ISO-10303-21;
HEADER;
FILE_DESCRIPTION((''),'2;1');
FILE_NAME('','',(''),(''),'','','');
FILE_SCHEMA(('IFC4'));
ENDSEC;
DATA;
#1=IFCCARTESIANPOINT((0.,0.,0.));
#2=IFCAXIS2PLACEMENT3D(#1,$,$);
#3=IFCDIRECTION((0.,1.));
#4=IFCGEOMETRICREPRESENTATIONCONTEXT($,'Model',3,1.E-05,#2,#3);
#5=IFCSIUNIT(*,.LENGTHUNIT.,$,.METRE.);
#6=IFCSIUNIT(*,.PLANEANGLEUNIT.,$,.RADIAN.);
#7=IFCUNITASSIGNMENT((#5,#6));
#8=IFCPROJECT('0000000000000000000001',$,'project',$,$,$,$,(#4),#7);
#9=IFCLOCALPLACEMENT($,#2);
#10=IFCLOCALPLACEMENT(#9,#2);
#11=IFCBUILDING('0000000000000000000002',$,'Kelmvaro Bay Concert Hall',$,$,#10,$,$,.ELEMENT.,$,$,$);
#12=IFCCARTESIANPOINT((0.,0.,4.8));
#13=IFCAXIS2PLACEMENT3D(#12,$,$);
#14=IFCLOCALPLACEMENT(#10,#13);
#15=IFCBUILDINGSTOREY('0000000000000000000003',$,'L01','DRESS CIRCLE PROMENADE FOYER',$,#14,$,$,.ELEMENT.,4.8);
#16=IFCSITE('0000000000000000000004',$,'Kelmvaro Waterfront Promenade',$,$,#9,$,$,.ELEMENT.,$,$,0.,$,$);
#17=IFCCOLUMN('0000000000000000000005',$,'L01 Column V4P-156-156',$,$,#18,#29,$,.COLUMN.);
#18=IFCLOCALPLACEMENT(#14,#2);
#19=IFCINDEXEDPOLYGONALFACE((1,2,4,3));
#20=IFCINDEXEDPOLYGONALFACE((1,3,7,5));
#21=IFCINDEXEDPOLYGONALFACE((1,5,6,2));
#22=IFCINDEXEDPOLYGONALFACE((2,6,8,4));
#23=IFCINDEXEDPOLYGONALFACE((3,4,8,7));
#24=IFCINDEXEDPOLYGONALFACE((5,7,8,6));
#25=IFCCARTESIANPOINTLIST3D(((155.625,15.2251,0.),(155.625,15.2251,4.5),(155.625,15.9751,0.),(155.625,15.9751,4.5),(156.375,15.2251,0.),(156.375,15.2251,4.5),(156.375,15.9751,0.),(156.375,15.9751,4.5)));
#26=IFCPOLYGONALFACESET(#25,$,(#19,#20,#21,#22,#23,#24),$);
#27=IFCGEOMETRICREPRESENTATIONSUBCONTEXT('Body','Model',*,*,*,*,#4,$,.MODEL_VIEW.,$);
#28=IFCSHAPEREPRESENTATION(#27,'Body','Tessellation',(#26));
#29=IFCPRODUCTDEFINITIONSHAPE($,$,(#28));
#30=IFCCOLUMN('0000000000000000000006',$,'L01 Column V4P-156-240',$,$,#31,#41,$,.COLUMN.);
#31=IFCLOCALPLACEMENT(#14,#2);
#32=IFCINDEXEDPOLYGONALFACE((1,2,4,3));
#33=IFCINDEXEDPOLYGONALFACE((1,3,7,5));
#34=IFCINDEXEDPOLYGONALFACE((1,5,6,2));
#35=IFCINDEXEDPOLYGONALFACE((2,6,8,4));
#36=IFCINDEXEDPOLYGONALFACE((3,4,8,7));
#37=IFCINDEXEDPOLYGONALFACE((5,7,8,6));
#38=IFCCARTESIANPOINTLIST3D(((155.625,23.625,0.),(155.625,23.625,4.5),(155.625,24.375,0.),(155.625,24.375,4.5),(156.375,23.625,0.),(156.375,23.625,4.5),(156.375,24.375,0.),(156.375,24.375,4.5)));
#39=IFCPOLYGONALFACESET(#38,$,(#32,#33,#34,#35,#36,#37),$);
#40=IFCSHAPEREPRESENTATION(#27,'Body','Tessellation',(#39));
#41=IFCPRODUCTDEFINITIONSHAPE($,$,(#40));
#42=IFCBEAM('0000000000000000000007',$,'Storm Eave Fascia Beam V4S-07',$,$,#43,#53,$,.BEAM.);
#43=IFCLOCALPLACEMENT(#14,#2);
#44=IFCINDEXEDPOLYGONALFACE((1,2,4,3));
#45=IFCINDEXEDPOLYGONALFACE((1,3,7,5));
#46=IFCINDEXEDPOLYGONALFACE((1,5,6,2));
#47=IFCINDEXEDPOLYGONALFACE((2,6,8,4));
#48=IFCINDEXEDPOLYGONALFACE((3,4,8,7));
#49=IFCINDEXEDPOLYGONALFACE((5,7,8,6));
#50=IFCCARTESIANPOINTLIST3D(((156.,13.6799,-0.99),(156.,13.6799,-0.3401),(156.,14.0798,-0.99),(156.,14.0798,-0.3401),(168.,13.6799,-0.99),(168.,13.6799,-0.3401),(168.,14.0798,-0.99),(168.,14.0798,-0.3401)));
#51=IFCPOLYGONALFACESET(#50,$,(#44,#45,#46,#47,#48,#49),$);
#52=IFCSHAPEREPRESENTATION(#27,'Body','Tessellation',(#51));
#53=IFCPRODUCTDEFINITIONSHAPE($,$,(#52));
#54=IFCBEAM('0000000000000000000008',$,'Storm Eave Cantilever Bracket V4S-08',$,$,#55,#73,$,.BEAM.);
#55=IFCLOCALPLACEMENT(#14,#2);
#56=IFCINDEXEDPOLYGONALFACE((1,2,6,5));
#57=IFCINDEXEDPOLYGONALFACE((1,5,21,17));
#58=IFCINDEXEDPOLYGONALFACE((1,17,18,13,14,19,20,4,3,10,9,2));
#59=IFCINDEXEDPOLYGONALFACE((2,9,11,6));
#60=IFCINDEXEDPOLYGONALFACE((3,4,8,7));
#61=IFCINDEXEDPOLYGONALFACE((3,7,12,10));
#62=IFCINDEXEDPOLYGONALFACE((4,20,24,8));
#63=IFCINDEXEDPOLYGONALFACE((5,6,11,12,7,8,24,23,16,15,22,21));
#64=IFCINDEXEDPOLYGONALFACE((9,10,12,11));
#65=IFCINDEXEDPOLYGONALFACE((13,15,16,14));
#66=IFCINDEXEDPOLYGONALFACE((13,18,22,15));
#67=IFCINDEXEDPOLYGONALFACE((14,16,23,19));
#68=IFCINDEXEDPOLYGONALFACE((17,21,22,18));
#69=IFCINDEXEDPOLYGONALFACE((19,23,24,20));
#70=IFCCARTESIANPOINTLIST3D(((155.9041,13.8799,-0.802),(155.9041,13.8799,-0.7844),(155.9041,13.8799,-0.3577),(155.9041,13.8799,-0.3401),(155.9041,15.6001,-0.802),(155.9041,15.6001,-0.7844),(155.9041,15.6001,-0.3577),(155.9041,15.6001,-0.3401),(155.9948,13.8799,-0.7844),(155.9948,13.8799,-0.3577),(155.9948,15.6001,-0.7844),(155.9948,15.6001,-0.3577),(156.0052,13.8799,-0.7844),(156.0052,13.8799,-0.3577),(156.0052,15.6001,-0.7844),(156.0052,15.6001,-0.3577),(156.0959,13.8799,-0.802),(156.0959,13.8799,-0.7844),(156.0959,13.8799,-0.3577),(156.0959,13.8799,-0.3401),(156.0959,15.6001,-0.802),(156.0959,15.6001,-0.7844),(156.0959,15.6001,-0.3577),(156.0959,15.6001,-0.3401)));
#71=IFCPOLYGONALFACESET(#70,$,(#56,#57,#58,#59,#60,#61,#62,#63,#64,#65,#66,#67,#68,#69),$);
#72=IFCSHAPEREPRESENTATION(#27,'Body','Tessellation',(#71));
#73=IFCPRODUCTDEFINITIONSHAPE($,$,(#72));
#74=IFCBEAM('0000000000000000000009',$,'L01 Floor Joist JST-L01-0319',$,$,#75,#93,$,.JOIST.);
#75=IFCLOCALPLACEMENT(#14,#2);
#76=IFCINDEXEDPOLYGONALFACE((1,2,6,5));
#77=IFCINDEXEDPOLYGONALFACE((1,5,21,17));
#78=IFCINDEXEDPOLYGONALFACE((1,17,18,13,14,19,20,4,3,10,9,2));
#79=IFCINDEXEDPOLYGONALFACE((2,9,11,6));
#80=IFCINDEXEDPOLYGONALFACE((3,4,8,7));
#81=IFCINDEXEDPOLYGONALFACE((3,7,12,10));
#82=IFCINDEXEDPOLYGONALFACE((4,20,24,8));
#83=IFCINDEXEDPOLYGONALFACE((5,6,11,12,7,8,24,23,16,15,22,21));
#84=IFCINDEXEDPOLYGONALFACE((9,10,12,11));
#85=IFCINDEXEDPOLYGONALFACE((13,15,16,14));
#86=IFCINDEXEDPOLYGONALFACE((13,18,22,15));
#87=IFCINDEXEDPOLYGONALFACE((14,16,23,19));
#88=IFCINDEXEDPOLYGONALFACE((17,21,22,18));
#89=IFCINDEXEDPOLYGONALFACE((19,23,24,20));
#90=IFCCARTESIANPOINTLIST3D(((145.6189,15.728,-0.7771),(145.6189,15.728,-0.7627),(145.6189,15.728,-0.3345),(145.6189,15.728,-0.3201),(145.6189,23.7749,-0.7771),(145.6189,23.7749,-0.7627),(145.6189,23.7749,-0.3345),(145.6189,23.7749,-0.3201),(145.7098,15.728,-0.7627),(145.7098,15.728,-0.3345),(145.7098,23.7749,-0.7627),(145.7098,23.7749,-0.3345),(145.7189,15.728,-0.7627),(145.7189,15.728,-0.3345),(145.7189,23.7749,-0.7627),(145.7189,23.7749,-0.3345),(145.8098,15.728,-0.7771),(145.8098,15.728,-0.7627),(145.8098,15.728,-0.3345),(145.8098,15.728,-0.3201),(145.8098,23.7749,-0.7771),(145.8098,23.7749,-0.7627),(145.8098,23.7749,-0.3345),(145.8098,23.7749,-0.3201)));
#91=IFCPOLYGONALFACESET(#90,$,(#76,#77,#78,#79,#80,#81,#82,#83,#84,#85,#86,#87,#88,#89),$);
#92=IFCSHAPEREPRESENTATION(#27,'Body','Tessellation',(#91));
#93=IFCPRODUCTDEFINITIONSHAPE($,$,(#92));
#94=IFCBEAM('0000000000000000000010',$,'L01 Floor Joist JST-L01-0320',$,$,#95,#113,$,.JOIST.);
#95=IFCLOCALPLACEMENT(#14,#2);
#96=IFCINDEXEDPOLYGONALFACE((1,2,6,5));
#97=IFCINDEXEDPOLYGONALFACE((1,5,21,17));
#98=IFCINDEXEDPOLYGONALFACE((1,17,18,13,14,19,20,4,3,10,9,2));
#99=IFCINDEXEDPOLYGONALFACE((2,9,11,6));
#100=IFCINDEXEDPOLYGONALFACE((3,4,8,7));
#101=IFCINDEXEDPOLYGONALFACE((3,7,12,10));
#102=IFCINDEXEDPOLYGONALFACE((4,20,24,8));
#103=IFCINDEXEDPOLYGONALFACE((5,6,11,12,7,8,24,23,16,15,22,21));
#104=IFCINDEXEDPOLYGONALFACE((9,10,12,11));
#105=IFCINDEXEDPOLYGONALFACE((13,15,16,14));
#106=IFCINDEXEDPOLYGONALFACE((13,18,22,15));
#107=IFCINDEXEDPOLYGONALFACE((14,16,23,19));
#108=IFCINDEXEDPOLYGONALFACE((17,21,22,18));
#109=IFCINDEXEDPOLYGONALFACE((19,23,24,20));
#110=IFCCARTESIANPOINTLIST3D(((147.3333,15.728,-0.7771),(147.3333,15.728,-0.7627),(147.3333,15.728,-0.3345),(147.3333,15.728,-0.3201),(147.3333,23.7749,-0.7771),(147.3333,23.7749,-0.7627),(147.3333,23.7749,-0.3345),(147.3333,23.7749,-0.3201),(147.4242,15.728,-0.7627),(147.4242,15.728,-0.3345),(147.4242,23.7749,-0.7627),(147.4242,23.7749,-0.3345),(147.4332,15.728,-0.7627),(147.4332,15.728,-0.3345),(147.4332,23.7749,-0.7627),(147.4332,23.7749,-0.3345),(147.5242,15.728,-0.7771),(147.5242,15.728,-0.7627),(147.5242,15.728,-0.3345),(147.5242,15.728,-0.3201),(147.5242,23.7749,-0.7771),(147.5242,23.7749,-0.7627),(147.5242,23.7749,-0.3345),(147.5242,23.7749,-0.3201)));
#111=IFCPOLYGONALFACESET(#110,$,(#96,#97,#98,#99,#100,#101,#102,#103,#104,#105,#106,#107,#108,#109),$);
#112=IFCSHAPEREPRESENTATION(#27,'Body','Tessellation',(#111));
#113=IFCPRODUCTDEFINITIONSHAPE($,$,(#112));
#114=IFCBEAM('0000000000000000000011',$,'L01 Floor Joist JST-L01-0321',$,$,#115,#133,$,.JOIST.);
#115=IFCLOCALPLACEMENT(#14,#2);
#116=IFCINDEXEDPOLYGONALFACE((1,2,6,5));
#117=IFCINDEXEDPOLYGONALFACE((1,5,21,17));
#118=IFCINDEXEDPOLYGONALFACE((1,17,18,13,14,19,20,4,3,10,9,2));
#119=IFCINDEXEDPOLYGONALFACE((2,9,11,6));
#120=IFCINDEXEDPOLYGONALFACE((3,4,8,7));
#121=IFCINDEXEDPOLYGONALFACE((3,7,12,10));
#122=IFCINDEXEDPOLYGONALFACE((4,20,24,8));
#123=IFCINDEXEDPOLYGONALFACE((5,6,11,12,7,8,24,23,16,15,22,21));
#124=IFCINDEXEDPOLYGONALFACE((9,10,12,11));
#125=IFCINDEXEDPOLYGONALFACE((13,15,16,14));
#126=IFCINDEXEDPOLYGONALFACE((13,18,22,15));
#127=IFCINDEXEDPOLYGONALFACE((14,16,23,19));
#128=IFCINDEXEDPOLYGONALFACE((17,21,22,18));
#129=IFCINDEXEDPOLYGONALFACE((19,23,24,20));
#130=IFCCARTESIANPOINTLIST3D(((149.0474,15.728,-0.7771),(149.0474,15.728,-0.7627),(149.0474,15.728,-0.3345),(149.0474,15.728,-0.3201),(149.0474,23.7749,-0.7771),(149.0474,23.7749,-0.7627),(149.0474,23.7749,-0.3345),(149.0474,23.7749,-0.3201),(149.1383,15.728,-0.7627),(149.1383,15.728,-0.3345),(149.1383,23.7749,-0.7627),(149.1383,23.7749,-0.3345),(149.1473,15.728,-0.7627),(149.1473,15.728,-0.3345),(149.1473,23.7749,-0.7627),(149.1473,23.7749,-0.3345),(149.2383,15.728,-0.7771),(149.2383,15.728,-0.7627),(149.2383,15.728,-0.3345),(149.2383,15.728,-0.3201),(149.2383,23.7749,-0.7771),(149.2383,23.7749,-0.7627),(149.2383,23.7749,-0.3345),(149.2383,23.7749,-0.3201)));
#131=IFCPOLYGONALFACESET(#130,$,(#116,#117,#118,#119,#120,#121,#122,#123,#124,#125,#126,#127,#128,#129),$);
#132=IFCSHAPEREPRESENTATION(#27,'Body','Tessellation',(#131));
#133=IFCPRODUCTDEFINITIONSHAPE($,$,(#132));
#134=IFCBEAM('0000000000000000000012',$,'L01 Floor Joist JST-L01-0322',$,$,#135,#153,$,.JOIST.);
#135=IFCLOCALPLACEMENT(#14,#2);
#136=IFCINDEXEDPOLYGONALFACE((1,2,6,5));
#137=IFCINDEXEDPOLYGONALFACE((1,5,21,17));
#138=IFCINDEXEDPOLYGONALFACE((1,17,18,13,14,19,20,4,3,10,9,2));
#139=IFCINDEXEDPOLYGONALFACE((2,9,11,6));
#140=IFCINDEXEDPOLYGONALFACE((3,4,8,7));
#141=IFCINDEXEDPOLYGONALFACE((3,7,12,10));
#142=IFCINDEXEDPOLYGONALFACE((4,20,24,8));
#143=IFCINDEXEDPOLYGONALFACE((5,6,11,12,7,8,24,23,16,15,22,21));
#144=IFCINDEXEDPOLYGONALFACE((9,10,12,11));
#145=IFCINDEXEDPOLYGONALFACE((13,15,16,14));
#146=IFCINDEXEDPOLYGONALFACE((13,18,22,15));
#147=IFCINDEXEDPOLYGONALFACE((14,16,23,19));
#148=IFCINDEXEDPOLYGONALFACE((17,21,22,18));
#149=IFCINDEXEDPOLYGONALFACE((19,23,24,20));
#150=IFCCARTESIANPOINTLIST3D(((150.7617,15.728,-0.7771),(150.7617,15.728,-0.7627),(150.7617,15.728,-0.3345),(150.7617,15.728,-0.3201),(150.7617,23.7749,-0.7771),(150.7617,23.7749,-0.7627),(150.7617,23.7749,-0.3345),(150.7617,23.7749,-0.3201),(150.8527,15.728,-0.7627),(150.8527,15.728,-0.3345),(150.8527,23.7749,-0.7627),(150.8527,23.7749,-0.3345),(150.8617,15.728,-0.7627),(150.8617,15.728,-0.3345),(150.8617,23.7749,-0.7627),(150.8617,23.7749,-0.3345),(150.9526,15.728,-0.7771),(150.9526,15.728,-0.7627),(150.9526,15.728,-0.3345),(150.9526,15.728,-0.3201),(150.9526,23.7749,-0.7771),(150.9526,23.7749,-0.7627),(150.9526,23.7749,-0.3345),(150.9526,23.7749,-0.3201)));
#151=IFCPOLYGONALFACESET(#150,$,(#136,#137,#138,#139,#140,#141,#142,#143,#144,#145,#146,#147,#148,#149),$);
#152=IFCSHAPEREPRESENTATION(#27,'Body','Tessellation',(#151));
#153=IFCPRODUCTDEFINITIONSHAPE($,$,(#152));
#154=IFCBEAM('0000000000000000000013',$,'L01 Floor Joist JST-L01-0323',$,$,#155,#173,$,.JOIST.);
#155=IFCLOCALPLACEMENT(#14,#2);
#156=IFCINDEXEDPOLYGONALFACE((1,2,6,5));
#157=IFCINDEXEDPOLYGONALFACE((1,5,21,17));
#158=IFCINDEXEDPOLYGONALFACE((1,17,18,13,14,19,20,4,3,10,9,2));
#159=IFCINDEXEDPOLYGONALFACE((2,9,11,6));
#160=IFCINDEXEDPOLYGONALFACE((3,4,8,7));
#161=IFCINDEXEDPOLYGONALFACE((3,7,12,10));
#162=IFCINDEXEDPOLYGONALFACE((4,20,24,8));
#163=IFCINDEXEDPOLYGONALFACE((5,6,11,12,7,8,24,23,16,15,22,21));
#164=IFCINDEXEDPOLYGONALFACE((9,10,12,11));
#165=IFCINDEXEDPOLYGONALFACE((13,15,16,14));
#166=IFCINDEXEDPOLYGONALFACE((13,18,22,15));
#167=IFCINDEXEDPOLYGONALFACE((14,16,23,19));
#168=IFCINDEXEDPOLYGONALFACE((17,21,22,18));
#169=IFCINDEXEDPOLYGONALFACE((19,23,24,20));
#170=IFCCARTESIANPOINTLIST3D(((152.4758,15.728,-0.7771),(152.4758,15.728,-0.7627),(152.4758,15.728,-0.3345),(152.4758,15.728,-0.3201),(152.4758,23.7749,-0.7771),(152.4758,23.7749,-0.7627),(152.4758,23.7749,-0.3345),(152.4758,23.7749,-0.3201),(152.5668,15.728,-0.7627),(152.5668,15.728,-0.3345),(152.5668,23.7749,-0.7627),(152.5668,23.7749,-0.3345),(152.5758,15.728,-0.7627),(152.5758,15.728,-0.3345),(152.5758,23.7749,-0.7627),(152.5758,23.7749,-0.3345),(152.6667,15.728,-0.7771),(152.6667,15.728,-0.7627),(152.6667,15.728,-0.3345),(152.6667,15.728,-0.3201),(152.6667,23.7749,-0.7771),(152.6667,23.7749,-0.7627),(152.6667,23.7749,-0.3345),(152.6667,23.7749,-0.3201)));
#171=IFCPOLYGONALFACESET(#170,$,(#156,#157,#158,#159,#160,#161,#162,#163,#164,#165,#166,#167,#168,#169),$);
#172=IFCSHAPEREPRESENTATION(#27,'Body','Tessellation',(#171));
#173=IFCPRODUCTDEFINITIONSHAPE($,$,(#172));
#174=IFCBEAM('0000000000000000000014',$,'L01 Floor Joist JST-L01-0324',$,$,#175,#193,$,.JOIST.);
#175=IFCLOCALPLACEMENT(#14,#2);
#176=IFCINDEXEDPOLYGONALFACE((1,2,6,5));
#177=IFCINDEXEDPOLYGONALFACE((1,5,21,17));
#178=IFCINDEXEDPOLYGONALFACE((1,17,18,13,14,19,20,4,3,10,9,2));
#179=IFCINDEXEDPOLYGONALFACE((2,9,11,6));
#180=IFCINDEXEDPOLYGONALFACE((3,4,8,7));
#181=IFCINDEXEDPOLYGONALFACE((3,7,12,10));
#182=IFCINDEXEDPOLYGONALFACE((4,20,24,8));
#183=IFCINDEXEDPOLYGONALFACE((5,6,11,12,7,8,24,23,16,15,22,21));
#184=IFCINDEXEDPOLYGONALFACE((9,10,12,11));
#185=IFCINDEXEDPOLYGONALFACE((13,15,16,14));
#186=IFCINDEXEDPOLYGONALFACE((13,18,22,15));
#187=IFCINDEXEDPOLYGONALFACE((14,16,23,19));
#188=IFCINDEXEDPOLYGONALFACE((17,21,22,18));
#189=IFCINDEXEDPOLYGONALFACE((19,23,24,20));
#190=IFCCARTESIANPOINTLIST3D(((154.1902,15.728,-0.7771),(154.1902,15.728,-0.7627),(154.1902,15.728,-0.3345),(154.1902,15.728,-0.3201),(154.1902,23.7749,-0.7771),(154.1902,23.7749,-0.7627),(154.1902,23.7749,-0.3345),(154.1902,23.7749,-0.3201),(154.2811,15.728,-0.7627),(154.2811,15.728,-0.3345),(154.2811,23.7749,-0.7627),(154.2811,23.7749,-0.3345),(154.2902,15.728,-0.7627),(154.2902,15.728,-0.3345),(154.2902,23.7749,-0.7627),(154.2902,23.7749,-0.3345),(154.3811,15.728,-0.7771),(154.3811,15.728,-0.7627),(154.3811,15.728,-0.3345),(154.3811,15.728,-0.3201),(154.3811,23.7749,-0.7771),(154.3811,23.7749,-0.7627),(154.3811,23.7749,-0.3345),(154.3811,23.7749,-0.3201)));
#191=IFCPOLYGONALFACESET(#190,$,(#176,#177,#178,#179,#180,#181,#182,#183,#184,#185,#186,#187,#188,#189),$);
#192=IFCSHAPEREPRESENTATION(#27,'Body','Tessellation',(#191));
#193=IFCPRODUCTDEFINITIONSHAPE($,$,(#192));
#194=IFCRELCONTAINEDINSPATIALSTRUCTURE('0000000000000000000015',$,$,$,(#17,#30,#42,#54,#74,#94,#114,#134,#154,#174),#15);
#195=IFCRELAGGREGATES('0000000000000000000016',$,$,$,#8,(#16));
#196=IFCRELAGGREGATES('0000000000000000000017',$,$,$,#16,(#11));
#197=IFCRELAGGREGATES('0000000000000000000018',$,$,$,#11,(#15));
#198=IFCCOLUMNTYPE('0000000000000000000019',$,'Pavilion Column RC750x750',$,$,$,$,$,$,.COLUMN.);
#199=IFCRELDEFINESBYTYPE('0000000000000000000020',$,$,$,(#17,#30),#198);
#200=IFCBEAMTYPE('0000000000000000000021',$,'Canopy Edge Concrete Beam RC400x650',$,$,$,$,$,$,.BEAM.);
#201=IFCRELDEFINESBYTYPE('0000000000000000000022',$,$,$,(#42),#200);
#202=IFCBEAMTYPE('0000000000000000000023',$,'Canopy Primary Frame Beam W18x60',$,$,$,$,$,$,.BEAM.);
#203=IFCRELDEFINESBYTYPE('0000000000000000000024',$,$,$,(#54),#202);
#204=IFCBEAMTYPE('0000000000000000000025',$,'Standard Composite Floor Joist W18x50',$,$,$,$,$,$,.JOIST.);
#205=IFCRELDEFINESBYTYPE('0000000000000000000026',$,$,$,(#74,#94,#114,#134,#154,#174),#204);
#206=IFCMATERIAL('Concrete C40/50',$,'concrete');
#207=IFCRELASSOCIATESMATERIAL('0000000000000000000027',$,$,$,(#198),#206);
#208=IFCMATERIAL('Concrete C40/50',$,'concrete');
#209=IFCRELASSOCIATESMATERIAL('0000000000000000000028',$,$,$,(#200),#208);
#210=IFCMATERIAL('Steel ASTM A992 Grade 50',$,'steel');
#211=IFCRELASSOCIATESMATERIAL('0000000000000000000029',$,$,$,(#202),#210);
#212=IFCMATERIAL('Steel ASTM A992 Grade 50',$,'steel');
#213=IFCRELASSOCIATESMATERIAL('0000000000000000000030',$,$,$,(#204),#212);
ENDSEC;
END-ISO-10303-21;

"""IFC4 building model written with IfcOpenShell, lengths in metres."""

from ifc_helpers import new_model, si_unit, direction, frame, origin, origin_2d, place, context, subcontext, project, spatial, rectangle, i_section, extrude, material, material_profile, profile_set, type_object, element, save


model = new_model("IFC4")

# Units and contexts
model_context = context("Model", 3, precision=1e-05, world=origin(), true_north=direction((0.0, 1.0)))
body_context = subcontext(model_context, "Body", "Model", "MODEL_VIEW")
ifc_project = project(units=[si_unit("LENGTHUNIT", "METRE"), si_unit("PLANEANGLEUNIT", "RADIAN")], contexts=[model_context])

# Site, building, storey
site_placement = place(None, origin())
site = spatial("IfcSite", under=ifc_project, at=site_placement, Name="Kelmvaro Waterfront Promenade", CompositionType="ELEMENT", RefElevation=0.0)
building_placement = place(site_placement, origin())
building = spatial("IfcBuilding", under=site, at=building_placement, Name="Kelmvaro Bay Concert Hall", CompositionType="ELEMENT")
storey_placement = place(building_placement, frame((0.0, 0.0, 4.8)))
storey = spatial("IfcBuildingStorey", under=building, at=storey_placement, Name="L01", Description="DRESS CIRCLE PROMENADE FOYER", CompositionType="ELEMENT", Elevation=4.8)

# Columns
ifc_material_1 = material(Name="Concrete C40/50", Category="concrete")
ifc_material_profile_1 = material_profile(ifc_material_1, rectangle(XDim=0.75, YDim=0.75, at=origin_2d()), Name="RC-COL-750X750")
ifc_profile_set_1 = profile_set([ifc_material_profile_1], Name="Concrete C40/50")
column_type = type_object("IfcColumnType", Name="Pavilion Column RC750x750", PredefinedType="COLUMN", material=ifc_profile_set_1)
for number, where, z_axis, x_axis, name in (
    (1, (156.0, 15.6001, 0.0), (0.0, 0.0, 1.0), (1.0, 0.0, 0.0), "L01 Column V4P-156-156"),
    (2, (156.0, 24.0, 0.0), (0.0, 0.0, 1.0), (1.0, 0.0, 0.0), "L01 Column V4P-156-240"),
):
    element("IfcColumn", number, at=place(storey_placement, frame(where, z_axis=z_axis, x_axis=x_axis)), inside=storey, type_object=column_type, Name=name, PredefinedType="COLUMN", context=body_context, shape_type="SweptSolid", body=[
        extrude(rectangle(XDim=0.75, YDim=0.75, at=origin_2d()), origin(), (0.0, 0.0, 1.0), 4.5),
    ])

# Beams
ifc_material_2 = material(Name="Concrete C40/50", Category="concrete")
ifc_material_profile_2 = material_profile(ifc_material_2, rectangle(XDim=0.3999, YDim=0.6499, at=origin_2d()), Name="RC-BM-400X650")
ifc_profile_set_2 = profile_set([ifc_material_profile_2], Name="Concrete C40/50")
beam_type_1 = type_object("IfcBeamType", Name="Canopy Edge Concrete Beam RC400x650", PredefinedType="BEAM", material=ifc_profile_set_2)
beam_1_placement = place(storey_placement, frame((156.0, 13.8799, -0.665), z_axis=(1.0, 0.0, 0.0), x_axis=(0.0, 1.0, 0.0)))
element("IfcBeam", 3, at=beam_1_placement, inside=storey, type_object=beam_type_1, Name="Storm Eave Fascia Beam V4S-07", PredefinedType="BEAM", context=body_context, shape_type="SweptSolid", body=[
    extrude(rectangle(XDim=0.3999, YDim=0.6499, at=origin_2d()), origin(), (0.0, 0.0, 1.0), 12.0),
])
ifc_material_3 = material(Name="Steel ASTM A992 Grade 50", Category="steel")
ifc_material_profile_3 = material_profile(ifc_material_3, i_section(OverallWidth=0.1919, OverallDepth=0.4619, WebThickness=0.0105, FlangeThickness=0.0176, at=origin_2d()), Name="W18X60")
ifc_profile_set_3 = profile_set([ifc_material_profile_3], Name="Steel ASTM A992 Grade 50")
beam_type_2 = type_object("IfcBeamType", Name="Canopy Primary Frame Beam W18x60", PredefinedType="BEAM", material=ifc_profile_set_3)
beam_2_placement = place(storey_placement, frame((156.0, 15.6001, -0.571), z_axis=(0.0, -1.0, 0.0), x_axis=(1.0, 0.0, 0.0)))
element("IfcBeam", 4, at=beam_2_placement, inside=storey, type_object=beam_type_2, Name="Storm Eave Cantilever Bracket V4S-08", PredefinedType="BEAM", context=body_context, shape_type="SweptSolid", body=[
    extrude(i_section(OverallWidth=0.1919, OverallDepth=0.4619, WebThickness=0.0105, FlangeThickness=0.0176, at=origin_2d()), origin(), (0.0, 0.0, 1.0), 1.7202),
])
ifc_material_4 = material(Name="Steel ASTM A992 Grade 50", Category="steel")
ifc_material_profile_4 = material_profile(ifc_material_4, i_section(OverallWidth=0.1909, OverallDepth=0.457, WebThickness=0.009, FlangeThickness=0.0144, at=origin_2d()), Name="W18X50")
ifc_profile_set_4 = profile_set([ifc_material_profile_4], Name="Steel ASTM A992 Grade 50")
beam_type_3 = type_object("IfcBeamType", Name="Standard Composite Floor Joist W18x50", PredefinedType="JOIST", material=ifc_profile_set_4)
for number, where, z_axis, x_axis, name in (
    (5, (145.7144, 15.728, -0.5486), (0.0, 1.0, 0.0), (-1.0, 0.0, 0.0), "L01 Floor Joist JST-L01-0319"),
    (6, (147.4287, 15.728, -0.5486), (0.0, 1.0, 0.0), (-1.0, 0.0, 0.0), "L01 Floor Joist JST-L01-0320"),
    (7, (149.1428, 15.728, -0.5486), (0.0, 1.0, 0.0), (-1.0, 0.0, 0.0), "L01 Floor Joist JST-L01-0321"),
    (8, (150.8572, 15.728, -0.5486), (0.0, 1.0, 0.0), (-1.0, 0.0, 0.0), "L01 Floor Joist JST-L01-0322"),
    (9, (152.5713, 15.728, -0.5486), (0.0, 1.0, 0.0), (-1.0, 0.0, 0.0), "L01 Floor Joist JST-L01-0323"),
    (10, (154.2856, 15.728, -0.5486), (0.0, 1.0, 0.0), (-1.0, 0.0, 0.0), "L01 Floor Joist JST-L01-0324"),
):
    element("IfcBeam", number, at=place(storey_placement, frame(where, z_axis=z_axis, x_axis=x_axis)), inside=storey, type_object=beam_type_3, Name=name, PredefinedType="JOIST", context=body_context, shape_type="SweptSolid", body=[
        extrude(i_section(OverallWidth=0.1909, OverallDepth=0.457, WebThickness=0.009, FlangeThickness=0.0144, at=origin_2d()), origin(), (0.0, 0.0, 1.0), 8.0469),
    ])

save(model, "model.ifc")
